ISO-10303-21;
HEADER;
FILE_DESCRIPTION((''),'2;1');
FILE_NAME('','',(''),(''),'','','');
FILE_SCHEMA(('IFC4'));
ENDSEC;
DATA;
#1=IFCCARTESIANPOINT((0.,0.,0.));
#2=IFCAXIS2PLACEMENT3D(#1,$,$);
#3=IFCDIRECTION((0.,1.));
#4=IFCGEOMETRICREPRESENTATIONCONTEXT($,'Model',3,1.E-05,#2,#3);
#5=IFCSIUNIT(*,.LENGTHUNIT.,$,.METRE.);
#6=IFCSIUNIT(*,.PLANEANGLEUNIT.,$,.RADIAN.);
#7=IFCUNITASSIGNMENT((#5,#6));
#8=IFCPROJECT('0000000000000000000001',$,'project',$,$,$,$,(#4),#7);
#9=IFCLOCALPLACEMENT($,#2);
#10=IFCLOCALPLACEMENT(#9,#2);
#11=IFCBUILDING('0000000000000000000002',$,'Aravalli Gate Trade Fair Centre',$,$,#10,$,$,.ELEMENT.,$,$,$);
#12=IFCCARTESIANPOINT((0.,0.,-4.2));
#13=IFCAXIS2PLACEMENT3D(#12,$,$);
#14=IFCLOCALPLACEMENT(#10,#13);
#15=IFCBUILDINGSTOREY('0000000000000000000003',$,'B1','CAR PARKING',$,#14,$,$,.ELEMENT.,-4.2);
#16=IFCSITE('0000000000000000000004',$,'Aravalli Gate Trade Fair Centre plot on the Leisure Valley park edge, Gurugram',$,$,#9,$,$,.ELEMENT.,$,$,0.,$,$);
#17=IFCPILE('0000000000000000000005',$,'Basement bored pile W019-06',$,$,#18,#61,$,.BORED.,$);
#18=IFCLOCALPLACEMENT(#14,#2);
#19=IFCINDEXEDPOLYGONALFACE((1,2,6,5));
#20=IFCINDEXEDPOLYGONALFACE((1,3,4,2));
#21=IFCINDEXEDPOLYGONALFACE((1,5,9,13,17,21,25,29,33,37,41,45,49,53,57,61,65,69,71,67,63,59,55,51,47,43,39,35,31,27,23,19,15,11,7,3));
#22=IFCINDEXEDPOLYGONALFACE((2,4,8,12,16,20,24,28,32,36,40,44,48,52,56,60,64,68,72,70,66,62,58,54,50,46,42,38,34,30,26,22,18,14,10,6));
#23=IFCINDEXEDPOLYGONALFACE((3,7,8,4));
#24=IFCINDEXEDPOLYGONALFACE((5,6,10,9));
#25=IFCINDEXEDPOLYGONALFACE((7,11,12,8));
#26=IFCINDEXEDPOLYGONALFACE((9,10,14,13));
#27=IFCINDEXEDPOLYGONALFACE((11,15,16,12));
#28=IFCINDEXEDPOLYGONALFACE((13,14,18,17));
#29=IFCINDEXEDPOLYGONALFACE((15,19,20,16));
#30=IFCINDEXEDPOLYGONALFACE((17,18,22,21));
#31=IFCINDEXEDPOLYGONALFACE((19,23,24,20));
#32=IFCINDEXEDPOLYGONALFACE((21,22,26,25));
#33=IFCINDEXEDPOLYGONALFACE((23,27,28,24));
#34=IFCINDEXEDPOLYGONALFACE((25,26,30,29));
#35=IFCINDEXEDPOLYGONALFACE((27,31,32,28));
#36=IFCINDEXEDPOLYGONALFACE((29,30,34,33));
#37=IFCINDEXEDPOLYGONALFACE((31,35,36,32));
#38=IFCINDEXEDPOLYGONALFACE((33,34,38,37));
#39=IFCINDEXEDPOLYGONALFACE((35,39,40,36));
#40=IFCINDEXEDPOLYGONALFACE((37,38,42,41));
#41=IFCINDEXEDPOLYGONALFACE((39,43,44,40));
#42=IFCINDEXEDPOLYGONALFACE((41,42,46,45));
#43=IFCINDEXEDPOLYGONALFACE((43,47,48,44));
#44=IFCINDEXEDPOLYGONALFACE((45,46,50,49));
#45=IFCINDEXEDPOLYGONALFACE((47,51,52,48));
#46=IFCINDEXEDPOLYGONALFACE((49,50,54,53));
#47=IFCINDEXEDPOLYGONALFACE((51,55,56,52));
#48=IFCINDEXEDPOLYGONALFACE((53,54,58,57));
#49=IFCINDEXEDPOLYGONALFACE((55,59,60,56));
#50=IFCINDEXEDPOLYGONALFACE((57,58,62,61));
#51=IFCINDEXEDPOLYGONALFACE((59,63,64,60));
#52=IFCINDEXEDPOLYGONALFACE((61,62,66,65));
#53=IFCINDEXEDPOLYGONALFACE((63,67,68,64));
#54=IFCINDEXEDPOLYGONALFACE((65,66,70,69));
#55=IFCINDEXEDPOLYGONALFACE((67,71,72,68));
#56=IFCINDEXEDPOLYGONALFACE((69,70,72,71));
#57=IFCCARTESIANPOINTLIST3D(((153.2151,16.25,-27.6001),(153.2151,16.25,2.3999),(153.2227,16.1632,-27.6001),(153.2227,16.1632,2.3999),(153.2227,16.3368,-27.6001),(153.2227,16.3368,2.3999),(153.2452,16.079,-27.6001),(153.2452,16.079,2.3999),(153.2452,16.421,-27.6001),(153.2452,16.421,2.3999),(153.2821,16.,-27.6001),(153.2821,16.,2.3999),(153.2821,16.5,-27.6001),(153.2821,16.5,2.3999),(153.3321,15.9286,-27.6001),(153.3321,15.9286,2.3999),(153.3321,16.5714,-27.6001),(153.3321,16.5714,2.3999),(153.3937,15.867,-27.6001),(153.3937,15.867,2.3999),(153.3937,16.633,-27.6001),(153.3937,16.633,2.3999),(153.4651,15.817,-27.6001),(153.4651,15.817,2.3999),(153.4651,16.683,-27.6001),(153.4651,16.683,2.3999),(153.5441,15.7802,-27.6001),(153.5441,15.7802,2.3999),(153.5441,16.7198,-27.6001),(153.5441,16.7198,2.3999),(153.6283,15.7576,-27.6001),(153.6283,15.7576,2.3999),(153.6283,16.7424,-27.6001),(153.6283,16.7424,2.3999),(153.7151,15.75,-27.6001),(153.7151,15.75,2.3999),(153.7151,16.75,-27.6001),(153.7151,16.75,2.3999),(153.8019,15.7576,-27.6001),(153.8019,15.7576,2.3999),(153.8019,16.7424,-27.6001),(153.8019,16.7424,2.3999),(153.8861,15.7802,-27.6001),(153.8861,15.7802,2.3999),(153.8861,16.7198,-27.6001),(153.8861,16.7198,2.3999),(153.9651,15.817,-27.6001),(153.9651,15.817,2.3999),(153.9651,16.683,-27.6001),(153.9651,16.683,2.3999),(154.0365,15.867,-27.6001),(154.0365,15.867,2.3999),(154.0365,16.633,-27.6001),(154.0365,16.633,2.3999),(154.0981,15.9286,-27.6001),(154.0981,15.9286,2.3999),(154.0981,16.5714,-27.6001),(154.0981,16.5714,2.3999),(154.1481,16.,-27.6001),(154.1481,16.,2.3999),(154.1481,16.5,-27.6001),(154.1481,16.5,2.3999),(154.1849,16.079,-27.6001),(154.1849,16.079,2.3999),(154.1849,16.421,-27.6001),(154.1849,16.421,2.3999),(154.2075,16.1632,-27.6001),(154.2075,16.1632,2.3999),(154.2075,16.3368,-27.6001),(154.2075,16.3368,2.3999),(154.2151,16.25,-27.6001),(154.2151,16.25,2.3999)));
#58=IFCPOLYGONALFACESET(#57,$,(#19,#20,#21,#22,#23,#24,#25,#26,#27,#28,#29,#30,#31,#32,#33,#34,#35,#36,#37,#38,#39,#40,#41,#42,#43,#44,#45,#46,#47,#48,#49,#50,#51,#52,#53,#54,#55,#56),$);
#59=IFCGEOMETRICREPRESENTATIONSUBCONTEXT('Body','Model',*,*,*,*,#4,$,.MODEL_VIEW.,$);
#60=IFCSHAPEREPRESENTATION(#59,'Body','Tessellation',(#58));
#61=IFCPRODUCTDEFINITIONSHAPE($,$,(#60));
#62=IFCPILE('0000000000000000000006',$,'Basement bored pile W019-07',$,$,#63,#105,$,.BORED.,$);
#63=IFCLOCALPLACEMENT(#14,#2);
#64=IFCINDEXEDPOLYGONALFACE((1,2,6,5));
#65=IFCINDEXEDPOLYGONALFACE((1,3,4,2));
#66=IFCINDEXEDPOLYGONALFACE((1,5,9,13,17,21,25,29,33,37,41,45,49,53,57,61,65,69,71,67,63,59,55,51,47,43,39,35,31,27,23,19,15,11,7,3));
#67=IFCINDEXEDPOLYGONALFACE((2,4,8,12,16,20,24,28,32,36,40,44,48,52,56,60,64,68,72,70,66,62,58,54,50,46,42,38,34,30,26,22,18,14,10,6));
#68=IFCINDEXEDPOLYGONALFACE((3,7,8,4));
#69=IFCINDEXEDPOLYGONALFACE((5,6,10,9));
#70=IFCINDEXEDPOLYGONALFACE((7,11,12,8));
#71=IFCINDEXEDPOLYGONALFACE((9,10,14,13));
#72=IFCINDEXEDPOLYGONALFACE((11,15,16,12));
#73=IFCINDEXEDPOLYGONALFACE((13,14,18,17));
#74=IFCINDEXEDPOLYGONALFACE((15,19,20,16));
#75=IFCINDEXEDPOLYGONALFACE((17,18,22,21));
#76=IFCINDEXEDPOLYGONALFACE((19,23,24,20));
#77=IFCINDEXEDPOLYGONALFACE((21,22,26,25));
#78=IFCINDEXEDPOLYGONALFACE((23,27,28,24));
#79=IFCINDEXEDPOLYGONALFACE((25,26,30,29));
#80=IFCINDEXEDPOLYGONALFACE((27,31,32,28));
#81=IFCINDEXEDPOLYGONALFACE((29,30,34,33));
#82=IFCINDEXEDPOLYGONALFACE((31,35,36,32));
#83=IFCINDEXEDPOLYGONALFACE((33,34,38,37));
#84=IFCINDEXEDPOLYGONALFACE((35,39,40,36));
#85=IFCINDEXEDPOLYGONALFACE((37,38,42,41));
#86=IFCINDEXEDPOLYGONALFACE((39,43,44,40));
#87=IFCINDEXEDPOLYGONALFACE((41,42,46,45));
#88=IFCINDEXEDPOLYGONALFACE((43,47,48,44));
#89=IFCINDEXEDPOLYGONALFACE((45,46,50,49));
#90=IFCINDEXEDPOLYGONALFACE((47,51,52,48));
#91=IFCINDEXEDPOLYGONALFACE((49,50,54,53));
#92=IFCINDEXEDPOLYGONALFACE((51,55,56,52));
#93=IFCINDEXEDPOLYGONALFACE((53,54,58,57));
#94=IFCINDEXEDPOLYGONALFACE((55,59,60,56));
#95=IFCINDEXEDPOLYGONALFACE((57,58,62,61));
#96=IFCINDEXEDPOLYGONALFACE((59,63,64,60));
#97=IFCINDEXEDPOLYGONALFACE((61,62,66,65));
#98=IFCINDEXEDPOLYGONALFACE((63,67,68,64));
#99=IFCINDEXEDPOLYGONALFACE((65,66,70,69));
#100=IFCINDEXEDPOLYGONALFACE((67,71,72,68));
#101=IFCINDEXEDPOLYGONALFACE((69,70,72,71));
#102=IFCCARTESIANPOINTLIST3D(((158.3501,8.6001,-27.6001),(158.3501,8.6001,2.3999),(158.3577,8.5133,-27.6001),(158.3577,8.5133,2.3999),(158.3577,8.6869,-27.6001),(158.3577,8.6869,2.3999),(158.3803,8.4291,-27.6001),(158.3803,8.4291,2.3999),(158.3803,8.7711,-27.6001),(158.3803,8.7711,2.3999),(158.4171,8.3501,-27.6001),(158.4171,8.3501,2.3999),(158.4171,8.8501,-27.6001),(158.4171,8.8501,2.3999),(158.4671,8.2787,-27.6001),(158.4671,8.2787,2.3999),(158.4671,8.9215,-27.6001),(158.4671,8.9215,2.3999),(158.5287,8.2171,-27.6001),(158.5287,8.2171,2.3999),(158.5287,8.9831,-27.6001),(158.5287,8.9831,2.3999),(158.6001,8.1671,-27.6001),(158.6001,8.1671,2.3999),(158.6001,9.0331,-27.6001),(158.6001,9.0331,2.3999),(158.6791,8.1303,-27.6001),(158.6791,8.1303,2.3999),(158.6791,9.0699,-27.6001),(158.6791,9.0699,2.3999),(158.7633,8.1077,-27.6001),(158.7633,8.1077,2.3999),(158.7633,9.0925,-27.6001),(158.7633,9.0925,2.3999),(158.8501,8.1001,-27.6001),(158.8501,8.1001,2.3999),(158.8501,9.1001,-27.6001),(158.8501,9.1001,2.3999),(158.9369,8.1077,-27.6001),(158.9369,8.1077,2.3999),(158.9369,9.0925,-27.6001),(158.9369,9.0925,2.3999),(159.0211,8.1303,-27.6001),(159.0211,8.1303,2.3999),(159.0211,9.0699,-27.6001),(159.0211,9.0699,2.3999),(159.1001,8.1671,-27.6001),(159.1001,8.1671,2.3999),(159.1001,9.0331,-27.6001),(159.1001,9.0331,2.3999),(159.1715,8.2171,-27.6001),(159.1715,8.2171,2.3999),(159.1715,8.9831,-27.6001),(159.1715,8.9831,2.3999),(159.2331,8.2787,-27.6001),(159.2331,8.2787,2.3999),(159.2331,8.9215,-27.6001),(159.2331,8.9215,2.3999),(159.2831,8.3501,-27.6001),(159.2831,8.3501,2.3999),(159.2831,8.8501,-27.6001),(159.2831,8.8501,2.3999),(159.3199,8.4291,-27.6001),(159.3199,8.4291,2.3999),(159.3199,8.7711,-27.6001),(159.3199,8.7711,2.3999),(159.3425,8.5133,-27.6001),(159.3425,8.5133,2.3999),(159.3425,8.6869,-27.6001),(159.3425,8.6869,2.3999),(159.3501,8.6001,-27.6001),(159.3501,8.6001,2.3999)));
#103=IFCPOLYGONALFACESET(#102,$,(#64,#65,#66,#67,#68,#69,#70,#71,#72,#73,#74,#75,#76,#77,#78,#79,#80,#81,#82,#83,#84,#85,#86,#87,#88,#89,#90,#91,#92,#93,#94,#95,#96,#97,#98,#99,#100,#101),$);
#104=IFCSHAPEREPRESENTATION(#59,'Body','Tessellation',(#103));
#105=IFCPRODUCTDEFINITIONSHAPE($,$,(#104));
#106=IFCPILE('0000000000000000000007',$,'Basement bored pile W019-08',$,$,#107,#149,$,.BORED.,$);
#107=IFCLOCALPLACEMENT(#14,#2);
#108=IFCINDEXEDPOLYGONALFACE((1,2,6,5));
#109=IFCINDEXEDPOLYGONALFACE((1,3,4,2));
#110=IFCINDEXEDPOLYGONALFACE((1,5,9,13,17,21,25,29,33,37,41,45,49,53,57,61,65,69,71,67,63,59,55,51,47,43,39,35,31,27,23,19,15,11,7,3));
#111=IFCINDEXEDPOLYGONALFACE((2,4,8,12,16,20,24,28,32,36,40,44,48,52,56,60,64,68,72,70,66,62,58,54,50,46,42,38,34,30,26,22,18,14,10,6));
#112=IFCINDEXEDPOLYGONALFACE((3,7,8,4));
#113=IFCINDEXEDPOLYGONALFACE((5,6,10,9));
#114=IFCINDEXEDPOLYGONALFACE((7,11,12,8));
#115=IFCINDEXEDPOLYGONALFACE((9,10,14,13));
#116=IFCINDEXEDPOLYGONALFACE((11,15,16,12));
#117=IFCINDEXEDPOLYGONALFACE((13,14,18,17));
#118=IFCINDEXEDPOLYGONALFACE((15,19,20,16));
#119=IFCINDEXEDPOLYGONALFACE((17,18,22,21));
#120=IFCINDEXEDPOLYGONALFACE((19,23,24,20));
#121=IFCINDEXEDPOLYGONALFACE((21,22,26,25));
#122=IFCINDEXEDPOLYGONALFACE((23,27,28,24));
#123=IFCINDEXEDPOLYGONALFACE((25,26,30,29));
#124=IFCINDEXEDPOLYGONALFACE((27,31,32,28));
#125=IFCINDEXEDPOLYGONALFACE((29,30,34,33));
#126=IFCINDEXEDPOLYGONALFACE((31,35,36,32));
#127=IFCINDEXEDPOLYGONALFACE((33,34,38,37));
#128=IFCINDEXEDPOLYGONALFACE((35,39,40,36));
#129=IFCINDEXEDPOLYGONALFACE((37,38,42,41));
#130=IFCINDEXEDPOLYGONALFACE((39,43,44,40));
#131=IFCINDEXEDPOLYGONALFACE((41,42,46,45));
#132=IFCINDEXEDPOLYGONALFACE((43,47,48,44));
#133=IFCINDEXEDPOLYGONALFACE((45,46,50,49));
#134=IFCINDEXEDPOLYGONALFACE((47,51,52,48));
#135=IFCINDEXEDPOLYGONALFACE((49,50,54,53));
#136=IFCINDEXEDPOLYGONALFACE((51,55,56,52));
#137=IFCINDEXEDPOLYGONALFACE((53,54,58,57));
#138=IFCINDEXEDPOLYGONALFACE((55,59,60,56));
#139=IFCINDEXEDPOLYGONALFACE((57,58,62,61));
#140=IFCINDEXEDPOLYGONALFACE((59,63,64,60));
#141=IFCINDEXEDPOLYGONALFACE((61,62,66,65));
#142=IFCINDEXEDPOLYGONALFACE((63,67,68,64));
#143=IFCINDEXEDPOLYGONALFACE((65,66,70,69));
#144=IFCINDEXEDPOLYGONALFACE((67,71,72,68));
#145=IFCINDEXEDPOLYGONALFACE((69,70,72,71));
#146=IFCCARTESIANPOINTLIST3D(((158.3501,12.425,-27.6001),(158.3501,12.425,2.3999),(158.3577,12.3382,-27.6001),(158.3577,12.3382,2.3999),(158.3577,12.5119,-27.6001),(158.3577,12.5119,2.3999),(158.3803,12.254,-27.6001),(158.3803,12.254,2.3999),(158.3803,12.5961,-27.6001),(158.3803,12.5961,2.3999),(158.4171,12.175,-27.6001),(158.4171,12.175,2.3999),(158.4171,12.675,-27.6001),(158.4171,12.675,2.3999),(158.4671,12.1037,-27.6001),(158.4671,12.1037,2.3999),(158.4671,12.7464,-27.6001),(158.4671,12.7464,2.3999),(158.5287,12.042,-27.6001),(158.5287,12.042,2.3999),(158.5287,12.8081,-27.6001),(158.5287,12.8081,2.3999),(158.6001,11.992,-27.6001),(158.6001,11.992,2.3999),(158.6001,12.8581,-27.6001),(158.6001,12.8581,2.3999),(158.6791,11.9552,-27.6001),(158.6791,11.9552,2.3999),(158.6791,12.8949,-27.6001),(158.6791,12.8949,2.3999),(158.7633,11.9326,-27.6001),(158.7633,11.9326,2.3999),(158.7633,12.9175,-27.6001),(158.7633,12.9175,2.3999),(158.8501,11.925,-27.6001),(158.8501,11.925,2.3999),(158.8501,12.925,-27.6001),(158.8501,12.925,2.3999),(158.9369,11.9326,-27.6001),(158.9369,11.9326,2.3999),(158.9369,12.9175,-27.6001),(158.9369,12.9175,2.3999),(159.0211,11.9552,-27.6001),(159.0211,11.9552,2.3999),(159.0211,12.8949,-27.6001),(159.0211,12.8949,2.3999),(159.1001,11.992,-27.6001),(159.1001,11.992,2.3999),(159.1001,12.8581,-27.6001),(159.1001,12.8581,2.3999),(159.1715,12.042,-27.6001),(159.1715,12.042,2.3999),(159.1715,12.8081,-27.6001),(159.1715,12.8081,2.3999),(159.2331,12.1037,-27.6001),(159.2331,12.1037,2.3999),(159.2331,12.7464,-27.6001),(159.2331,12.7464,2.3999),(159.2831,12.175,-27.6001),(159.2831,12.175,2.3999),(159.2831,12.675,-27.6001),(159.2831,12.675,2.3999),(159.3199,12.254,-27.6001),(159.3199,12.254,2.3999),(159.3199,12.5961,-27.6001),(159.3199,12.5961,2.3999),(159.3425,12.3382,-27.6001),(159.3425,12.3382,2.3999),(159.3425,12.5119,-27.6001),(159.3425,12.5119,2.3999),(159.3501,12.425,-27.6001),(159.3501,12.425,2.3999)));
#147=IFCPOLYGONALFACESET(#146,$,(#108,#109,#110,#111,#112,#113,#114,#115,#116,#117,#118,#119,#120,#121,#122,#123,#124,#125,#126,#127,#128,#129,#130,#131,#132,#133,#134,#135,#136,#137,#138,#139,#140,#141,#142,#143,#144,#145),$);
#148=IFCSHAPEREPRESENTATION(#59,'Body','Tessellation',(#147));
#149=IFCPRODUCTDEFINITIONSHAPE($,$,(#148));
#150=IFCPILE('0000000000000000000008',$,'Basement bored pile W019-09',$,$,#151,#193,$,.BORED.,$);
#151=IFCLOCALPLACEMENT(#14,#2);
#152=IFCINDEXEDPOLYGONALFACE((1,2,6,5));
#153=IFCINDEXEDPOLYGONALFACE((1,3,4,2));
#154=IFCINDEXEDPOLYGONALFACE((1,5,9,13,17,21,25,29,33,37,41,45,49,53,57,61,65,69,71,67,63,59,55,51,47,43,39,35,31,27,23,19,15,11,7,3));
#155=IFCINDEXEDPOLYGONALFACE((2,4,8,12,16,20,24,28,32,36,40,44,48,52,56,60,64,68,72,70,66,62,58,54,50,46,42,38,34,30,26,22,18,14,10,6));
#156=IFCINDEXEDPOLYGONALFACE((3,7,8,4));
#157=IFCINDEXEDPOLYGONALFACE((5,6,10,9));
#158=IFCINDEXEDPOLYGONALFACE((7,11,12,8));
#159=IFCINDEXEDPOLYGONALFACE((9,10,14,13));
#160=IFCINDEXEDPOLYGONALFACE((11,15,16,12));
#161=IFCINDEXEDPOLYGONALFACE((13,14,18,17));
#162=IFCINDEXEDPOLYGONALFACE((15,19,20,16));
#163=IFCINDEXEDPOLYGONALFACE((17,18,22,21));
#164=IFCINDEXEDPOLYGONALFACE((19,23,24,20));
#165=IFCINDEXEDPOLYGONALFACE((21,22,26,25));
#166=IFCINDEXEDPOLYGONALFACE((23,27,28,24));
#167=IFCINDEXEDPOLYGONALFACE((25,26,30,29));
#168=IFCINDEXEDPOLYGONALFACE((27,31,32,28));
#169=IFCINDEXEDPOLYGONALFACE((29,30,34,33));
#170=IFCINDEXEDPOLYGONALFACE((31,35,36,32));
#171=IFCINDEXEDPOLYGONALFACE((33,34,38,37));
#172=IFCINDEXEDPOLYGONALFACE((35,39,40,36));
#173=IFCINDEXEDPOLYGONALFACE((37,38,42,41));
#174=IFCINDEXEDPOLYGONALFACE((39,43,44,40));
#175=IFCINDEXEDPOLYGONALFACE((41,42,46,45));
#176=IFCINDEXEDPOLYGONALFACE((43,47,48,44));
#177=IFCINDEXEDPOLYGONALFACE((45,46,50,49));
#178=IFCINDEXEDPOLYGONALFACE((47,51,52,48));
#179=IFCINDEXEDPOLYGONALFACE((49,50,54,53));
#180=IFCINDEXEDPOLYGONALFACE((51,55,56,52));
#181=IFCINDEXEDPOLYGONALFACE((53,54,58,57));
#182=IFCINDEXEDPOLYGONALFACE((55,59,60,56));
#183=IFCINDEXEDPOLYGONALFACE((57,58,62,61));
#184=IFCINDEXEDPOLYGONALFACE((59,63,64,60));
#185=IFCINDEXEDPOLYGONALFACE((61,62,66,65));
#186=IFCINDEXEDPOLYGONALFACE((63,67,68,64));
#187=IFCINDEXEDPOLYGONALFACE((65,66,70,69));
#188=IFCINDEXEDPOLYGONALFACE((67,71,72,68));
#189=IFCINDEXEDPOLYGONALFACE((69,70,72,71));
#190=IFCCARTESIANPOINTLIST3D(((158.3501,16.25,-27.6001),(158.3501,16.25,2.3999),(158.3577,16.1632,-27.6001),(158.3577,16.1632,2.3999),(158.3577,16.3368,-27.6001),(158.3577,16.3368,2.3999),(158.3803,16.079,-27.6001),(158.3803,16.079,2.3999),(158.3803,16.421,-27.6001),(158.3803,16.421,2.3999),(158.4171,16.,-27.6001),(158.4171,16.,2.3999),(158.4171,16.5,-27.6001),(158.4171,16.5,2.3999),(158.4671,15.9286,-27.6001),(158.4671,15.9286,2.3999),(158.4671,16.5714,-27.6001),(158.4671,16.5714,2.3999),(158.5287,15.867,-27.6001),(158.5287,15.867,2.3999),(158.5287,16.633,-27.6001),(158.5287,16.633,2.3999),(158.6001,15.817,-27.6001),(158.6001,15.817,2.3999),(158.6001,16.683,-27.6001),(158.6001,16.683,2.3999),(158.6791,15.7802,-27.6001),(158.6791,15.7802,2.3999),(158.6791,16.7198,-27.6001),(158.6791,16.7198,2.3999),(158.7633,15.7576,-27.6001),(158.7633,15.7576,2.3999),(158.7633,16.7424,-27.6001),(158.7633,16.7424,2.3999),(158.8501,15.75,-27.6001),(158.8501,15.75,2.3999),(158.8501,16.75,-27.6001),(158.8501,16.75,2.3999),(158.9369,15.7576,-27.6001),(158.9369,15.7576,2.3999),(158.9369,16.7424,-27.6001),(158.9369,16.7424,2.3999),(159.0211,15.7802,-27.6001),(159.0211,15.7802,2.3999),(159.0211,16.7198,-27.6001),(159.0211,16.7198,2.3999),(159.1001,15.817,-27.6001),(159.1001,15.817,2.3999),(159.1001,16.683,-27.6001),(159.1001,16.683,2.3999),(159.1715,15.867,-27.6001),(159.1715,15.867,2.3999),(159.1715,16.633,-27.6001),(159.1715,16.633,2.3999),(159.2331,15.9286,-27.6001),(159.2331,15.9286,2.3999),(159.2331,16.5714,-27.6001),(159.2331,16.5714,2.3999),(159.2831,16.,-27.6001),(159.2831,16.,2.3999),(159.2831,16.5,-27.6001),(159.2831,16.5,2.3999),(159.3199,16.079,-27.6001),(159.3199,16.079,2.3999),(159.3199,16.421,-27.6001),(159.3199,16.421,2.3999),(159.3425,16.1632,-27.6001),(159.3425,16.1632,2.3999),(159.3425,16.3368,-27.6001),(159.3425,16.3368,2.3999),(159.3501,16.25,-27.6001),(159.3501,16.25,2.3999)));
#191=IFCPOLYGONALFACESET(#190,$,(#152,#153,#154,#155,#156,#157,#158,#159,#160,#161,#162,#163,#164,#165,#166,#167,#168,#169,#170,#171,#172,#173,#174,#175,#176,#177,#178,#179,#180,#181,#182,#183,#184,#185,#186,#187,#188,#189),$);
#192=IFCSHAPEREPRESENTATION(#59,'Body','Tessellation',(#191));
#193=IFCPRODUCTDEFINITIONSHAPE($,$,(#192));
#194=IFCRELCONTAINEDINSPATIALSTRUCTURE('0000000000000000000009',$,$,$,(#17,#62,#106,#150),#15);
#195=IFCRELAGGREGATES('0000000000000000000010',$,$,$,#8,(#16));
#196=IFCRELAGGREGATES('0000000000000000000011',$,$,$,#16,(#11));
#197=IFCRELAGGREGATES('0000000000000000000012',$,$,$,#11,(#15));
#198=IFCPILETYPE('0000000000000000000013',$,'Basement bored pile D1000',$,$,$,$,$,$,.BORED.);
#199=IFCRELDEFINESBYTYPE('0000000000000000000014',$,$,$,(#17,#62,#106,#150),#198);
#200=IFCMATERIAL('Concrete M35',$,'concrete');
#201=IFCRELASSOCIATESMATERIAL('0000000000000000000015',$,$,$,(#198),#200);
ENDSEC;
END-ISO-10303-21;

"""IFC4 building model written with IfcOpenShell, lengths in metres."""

from ifc_helpers import new_model, si_unit, direction, frame, origin, origin_2d, place, context, subcontext, project, spatial, circle, extrude, material, material_profile, profile_set, type_object, element, save


model = new_model("IFC4")

# Units and contexts
model_context = context("Model", 3, precision=1e-05, world=origin(), true_north=direction((0.0, 1.0)))
body_context = subcontext(model_context, "Body", "Model", "MODEL_VIEW")
ifc_project = project(units=[si_unit("LENGTHUNIT", "METRE"), si_unit("PLANEANGLEUNIT", "RADIAN")], contexts=[model_context])

# Site, building, storey
site_placement = place(None, origin())
site = spatial("IfcSite", under=ifc_project, at=site_placement, Name="Aravalli Gate Trade Fair Centre plot on the Leisure Valley park edge, Gurugram", CompositionType="ELEMENT", RefElevation=0.0)
building_placement = place(site_placement, origin())
building = spatial("IfcBuilding", under=site, at=building_placement, Name="Aravalli Gate Trade Fair Centre", CompositionType="ELEMENT")
storey_placement = place(building_placement, frame((0.0, 0.0, -4.2)))
storey = spatial("IfcBuildingStorey", under=building, at=storey_placement, Name="B1", Description="CAR PARKING", CompositionType="ELEMENT", Elevation=-4.2)

# Piles
ifc_material = material(Name="Concrete M35", Category="concrete")
ifc_material_profile = material_profile(ifc_material, circle(Radius=0.5, at=origin_2d()), Name="D1000")
ifc_profile_set = profile_set([ifc_material_profile], Name="Concrete M35")
pile_type = type_object("IfcPileType", Name="Basement bored pile D1000", PredefinedType="BORED", material=ifc_profile_set)
for number, where, z_axis, x_axis, name in (
    (1, (153.7151, 16.25, 2.3999), (0.0, 0.0, -1.0), (1.0, 0.0, 0.0), "Basement bored pile W019-06"),
    (2, (158.8501, 8.6001, 2.3999), (0.0, 0.0, -1.0), (1.0, 0.0, 0.0), "Basement bored pile W019-07"),
    (3, (158.8501, 12.425, 2.3999), (0.0, 0.0, -1.0), (1.0, 0.0, 0.0), "Basement bored pile W019-08"),
    (4, (158.8501, 16.25, 2.3999), (0.0, 0.0, -1.0), (1.0, 0.0, 0.0), "Basement bored pile W019-09"),
):
    element("IfcPile", number, at=place(storey_placement, frame(where, z_axis=z_axis, x_axis=x_axis)), inside=storey, type_object=pile_type, Name=name, PredefinedType="BORED", context=body_context, shape_type="SweptSolid", body=[
        extrude(circle(Radius=0.5, at=origin_2d()), origin(), (0.0, 0.0, 1.0), 30.0),
    ])

save(model, "model.ifc")
